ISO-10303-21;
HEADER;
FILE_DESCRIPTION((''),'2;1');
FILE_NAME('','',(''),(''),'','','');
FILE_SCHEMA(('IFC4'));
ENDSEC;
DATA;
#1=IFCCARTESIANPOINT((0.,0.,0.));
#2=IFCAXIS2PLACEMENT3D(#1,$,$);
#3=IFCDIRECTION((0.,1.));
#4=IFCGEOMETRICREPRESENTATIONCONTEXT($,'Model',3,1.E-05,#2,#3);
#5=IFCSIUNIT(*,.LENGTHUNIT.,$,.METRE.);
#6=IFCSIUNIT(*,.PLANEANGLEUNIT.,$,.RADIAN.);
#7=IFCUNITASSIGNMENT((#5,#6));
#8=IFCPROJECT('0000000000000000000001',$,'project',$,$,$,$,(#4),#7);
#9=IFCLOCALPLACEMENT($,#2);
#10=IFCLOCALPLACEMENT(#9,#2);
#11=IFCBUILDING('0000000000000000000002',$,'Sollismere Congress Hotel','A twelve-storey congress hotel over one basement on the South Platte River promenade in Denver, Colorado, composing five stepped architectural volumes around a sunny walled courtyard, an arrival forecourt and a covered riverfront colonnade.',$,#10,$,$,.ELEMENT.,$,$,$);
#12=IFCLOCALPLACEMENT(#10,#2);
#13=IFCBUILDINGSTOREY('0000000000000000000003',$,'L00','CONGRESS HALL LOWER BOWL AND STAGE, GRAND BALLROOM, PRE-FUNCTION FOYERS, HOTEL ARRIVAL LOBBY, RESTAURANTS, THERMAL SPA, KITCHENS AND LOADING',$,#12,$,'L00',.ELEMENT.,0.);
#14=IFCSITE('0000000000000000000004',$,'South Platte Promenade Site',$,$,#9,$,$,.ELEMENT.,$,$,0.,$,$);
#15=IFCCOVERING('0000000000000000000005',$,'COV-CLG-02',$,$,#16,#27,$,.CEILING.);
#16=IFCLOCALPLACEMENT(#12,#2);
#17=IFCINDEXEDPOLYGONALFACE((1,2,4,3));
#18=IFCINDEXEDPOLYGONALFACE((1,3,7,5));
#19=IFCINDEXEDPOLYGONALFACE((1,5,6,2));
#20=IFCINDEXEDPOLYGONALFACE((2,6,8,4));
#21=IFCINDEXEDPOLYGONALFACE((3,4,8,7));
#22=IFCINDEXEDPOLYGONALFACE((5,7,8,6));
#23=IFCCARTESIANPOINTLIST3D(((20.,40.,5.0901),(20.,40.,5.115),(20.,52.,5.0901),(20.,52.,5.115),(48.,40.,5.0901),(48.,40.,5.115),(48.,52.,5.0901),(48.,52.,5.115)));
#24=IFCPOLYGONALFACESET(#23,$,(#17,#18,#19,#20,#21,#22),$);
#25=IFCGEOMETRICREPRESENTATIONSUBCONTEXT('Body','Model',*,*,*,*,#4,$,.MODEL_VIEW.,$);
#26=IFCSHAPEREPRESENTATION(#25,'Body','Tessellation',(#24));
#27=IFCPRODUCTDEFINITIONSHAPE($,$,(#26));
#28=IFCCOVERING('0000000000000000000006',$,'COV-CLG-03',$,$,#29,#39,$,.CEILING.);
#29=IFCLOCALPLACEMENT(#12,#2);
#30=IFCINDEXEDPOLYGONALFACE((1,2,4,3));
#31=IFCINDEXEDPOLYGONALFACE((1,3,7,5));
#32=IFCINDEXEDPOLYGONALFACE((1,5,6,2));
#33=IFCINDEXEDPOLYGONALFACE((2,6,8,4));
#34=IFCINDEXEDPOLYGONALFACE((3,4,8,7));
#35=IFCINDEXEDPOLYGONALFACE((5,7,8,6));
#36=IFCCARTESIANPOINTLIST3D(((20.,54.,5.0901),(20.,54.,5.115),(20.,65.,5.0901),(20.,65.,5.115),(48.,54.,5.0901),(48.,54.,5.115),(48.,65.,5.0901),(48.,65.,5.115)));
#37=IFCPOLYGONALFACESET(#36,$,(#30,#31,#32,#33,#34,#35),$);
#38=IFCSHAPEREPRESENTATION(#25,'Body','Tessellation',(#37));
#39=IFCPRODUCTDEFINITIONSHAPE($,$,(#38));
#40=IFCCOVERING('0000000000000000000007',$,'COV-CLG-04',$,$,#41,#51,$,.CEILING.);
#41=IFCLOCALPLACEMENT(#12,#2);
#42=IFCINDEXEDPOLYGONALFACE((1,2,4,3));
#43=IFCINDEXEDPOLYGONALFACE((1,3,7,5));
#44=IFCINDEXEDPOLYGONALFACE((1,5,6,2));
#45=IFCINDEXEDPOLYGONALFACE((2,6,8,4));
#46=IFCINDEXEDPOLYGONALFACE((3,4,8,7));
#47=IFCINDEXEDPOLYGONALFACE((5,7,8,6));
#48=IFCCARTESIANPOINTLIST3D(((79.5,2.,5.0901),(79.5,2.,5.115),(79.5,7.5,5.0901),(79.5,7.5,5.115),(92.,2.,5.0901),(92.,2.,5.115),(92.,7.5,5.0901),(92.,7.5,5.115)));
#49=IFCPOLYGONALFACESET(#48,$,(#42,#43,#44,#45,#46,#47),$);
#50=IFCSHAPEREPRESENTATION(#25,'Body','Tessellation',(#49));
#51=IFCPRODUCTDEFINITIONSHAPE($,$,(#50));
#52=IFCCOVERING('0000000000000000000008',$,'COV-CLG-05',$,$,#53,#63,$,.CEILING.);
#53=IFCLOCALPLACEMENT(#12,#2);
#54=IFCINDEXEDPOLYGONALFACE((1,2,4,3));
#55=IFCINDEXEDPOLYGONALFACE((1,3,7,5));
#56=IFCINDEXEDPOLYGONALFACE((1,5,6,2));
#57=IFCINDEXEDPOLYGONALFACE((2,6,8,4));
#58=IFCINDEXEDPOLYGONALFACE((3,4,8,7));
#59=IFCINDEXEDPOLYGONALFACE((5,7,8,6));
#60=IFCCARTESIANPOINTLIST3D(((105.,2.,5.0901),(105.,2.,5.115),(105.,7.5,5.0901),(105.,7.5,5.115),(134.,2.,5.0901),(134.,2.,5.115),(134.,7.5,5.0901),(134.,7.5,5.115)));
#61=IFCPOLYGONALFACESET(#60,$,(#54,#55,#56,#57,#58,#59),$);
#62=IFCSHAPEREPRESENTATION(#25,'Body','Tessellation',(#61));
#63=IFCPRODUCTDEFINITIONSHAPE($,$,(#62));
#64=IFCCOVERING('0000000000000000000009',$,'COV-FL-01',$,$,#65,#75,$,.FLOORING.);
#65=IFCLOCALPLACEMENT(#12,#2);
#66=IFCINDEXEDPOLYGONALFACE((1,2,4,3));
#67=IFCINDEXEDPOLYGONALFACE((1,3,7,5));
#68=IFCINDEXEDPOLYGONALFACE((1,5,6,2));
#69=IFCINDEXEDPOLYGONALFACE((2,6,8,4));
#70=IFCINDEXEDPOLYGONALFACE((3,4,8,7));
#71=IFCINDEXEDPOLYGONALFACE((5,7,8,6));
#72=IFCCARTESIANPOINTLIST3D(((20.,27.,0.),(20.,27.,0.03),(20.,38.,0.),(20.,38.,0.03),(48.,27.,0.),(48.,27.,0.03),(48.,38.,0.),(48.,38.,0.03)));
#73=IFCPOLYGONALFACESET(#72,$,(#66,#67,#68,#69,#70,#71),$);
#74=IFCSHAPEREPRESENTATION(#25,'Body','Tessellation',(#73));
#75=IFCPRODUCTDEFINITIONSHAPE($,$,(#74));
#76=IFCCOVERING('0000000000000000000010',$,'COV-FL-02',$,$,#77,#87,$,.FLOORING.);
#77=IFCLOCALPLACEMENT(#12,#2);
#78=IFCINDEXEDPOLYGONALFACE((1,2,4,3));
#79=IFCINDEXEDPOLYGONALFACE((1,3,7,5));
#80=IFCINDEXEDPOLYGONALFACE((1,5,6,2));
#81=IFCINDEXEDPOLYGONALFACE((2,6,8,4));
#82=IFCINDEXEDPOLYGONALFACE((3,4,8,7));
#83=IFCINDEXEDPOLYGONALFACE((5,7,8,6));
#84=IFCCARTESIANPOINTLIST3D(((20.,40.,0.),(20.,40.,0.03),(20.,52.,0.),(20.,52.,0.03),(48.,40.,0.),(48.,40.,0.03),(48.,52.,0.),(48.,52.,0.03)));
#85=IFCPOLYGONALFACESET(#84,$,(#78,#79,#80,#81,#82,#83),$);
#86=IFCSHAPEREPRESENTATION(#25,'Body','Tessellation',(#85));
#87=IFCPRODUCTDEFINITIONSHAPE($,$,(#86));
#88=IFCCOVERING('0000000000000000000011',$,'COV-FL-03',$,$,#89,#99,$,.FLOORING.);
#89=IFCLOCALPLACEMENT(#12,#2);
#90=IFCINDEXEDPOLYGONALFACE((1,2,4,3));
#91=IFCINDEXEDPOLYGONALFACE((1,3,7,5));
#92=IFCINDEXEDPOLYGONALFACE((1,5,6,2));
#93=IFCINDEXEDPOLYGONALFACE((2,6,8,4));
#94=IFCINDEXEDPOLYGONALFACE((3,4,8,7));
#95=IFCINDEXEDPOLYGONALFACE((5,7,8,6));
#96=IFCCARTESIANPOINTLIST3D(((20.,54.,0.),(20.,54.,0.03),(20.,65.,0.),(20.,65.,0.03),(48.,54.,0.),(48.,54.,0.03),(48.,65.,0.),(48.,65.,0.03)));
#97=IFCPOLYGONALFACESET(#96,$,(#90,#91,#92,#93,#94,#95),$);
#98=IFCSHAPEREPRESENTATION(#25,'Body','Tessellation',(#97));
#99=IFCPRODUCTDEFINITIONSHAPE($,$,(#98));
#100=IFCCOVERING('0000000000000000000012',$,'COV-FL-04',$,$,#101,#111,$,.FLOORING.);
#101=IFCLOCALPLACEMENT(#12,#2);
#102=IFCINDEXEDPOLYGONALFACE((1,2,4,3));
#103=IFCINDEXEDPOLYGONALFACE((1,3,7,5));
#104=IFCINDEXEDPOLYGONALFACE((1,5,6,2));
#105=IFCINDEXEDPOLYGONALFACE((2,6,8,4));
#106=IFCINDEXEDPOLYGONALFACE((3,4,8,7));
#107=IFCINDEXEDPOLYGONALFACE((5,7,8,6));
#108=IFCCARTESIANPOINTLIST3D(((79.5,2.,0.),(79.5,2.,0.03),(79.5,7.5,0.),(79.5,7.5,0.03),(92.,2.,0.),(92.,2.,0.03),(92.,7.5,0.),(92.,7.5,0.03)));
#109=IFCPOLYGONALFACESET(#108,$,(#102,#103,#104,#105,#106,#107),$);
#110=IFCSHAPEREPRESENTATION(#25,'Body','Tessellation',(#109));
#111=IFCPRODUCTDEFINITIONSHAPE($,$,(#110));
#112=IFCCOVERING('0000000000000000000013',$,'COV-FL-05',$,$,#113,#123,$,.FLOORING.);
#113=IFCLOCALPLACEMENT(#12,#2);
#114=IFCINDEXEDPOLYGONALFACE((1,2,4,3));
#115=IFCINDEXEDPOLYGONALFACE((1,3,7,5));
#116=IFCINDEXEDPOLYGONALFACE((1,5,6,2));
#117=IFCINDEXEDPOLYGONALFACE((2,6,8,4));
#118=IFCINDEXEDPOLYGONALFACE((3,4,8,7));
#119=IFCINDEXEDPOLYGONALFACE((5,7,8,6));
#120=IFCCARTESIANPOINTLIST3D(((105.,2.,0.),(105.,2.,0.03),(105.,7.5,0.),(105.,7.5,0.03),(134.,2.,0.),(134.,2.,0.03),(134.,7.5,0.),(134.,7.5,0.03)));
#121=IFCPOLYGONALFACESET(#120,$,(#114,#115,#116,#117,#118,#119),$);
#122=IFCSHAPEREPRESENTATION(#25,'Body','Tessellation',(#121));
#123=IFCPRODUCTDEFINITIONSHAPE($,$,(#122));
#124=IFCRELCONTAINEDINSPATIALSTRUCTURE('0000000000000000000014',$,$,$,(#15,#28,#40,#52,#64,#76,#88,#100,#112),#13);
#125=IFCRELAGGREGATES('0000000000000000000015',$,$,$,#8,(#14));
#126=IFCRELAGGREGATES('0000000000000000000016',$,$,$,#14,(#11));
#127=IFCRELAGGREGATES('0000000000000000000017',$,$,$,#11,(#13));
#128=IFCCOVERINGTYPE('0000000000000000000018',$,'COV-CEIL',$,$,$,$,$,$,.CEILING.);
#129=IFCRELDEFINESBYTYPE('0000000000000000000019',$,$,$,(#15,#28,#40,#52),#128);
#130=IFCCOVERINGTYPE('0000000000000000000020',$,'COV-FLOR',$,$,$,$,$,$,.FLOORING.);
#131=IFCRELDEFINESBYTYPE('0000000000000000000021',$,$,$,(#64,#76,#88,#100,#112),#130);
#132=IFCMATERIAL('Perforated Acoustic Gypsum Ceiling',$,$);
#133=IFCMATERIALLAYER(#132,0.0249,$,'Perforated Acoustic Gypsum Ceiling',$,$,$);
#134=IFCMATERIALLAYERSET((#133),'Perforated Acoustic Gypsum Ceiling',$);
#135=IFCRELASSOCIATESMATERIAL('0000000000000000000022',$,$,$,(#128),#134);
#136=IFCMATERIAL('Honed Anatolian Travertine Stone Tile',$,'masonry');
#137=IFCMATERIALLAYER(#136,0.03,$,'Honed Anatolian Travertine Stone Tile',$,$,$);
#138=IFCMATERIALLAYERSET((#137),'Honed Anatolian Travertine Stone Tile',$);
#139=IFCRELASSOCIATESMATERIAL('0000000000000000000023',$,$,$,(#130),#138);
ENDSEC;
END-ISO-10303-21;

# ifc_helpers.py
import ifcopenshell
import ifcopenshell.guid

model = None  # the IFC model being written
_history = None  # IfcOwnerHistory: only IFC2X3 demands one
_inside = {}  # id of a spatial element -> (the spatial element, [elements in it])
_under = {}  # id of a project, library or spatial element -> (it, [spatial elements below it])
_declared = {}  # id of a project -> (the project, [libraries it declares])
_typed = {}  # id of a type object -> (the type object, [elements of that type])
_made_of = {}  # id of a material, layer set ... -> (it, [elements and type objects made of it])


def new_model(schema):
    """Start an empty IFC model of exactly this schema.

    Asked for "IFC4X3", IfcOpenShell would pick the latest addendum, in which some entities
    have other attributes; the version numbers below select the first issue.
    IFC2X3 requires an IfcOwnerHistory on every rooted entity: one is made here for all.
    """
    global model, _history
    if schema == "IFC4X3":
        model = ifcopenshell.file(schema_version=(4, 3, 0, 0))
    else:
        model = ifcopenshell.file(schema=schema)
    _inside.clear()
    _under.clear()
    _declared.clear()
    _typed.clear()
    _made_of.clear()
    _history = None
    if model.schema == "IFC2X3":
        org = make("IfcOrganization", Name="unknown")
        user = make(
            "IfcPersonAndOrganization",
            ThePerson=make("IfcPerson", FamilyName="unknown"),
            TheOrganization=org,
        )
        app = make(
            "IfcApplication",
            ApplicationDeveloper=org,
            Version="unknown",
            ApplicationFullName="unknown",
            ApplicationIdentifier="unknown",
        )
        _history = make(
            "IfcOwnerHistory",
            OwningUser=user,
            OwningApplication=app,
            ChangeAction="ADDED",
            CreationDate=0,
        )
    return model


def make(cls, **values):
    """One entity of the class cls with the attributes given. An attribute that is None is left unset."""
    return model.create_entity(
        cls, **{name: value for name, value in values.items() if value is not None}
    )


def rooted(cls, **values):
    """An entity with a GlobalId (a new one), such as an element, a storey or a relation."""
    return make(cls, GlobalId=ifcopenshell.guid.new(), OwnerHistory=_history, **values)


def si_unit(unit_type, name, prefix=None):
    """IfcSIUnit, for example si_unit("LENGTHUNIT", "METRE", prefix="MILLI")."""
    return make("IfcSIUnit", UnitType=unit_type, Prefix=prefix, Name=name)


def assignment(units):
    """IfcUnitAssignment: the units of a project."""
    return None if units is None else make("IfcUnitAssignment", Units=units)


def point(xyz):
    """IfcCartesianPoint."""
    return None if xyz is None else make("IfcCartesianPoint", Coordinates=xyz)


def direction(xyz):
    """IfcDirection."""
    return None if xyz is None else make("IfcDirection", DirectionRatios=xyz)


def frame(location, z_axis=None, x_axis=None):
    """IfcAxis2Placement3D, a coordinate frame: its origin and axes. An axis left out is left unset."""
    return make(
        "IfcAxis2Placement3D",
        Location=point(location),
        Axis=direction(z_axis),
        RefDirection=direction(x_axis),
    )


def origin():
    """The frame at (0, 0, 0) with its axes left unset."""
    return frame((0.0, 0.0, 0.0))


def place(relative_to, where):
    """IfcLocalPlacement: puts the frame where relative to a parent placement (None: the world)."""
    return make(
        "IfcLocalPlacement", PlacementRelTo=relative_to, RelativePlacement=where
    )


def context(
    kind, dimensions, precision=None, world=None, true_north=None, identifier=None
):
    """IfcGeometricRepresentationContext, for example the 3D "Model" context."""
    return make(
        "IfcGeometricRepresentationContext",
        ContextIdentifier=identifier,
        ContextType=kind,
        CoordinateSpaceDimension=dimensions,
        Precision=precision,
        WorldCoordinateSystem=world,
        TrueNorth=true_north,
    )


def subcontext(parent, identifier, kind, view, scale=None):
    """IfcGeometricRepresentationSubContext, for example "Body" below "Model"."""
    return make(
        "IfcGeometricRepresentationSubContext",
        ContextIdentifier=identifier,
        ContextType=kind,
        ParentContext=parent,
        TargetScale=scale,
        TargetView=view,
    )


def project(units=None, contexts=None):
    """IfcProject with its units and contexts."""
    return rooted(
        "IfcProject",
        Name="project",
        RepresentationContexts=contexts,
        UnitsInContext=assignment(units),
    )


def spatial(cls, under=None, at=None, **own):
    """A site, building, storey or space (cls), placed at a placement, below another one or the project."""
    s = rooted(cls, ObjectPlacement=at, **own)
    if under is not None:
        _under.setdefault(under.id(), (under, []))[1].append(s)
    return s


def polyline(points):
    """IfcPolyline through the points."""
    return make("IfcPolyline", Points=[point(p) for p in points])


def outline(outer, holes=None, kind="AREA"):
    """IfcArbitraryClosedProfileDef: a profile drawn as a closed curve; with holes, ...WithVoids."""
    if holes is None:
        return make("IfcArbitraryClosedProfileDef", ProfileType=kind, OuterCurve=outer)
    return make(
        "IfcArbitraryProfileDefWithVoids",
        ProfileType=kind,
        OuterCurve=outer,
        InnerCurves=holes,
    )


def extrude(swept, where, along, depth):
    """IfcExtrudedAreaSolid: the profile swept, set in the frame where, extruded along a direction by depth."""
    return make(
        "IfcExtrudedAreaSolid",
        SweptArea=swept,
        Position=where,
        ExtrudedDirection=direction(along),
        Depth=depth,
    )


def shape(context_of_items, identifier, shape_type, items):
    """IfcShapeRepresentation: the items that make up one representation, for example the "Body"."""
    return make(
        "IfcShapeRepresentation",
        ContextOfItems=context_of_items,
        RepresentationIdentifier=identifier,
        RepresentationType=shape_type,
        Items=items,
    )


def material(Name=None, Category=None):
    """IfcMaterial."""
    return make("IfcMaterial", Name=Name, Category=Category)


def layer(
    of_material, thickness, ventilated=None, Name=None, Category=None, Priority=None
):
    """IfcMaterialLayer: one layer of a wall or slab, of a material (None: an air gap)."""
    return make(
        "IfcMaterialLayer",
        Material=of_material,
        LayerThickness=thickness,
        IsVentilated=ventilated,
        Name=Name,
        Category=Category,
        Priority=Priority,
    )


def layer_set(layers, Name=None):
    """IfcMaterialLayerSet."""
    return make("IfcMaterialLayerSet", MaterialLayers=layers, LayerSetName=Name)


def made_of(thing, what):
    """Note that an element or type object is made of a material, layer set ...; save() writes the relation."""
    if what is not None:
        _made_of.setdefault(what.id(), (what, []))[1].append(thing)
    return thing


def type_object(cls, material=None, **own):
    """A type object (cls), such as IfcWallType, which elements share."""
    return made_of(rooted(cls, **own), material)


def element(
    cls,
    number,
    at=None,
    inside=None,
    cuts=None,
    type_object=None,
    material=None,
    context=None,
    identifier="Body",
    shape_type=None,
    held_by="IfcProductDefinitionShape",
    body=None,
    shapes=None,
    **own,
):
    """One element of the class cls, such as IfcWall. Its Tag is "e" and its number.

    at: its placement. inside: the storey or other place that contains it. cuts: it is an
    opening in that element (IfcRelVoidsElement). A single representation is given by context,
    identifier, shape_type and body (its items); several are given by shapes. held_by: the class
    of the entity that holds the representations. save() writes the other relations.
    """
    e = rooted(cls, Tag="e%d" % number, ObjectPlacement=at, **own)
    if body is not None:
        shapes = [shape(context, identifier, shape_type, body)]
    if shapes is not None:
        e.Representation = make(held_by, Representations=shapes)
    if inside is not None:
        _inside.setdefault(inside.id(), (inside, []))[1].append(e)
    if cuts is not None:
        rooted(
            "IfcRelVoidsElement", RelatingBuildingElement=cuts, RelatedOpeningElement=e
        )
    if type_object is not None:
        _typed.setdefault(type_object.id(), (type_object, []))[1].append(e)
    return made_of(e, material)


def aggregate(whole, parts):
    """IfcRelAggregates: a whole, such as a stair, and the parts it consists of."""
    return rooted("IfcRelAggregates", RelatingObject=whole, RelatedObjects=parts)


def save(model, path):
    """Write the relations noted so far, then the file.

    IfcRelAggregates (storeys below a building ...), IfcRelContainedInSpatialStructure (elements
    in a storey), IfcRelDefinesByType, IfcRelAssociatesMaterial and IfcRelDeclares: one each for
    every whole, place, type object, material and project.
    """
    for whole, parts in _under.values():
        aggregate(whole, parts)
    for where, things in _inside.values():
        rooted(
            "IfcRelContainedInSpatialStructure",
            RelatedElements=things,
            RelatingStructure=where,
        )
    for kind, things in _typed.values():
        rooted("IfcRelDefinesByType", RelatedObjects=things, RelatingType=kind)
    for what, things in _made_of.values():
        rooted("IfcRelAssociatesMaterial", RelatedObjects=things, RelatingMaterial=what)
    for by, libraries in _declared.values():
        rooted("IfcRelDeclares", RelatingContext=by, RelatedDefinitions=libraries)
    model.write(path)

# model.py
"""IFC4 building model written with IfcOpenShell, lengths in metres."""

from ifc_helpers import new_model, si_unit, direction, frame, origin, place, context, subcontext, project, spatial, polyline, outline, extrude, material, layer, layer_set, type_object, element, save


model = new_model("IFC4")

# Units and contexts
model_context = context("Model", 3, precision=1e-05, world=origin(), true_north=direction((0.0, 1.0)))
body_context = subcontext(model_context, "Body", "Model", "MODEL_VIEW")
ifc_project = project(units=[si_unit("LENGTHUNIT", "METRE"), si_unit("PLANEANGLEUNIT", "RADIAN")], contexts=[model_context])

# Site, building, storey
site_placement = place(None, origin())
site = spatial("IfcSite", under=ifc_project, at=site_placement, Name="South Platte Promenade Site", CompositionType="ELEMENT", RefElevation=0.0)
building_placement = place(site_placement, origin())
building = spatial("IfcBuilding", under=site, at=building_placement, Name="Sollismere Congress Hotel", Description="A twelve-storey congress hotel over one basement on the South Platte River promenade in Denver, Colorado, composing five stepped architectural volumes around a sunny walled courtyard, an arrival forecourt and a covered riverfront colonnade.", CompositionType="ELEMENT")
storey_placement = place(building_placement, origin())
storey = spatial("IfcBuildingStorey", under=building, at=storey_placement, Name="L00", Description="CONGRESS HALL LOWER BOWL AND STAGE, GRAND BALLROOM, PRE-FUNCTION FOYERS, HOTEL ARRIVAL LOBBY, RESTAURANTS, THERMAL SPA, KITCHENS AND LOADING", LongName="L00", CompositionType="ELEMENT", Elevation=0.0)

# Coverings
ifc_material_1 = material(Name="Perforated Acoustic Gypsum Ceiling")
ifc_layer_1 = layer(ifc_material_1, 0.0249, Name="Perforated Acoustic Gypsum Ceiling")
ifc_layer_set_1 = layer_set([ifc_layer_1], Name="Perforated Acoustic Gypsum Ceiling")
covering_type_1 = type_object("IfcCoveringType", Name="COV-CEIL", PredefinedType="CEILING", material=ifc_layer_set_1)
covering_1_placement = place(storey_placement, frame((0.0, 0.0, 5.0901)))
element("IfcCovering", 1, at=covering_1_placement, inside=storey, type_object=covering_type_1, Name="COV-CLG-02", PredefinedType="CEILING", context=body_context, shape_type="SweptSolid", body=[
    extrude(outline(polyline([(20.0, 40.0), (48.0, 40.0), (48.0, 52.0), (20.0, 52.0), (20.0, 40.0)])), origin(), (0.0, 0.0, 1.0), 0.0249),
])
covering_2_placement = place(storey_placement, frame((0.0, 0.0, 5.0901)))
element("IfcCovering", 2, at=covering_2_placement, inside=storey, type_object=covering_type_1, Name="COV-CLG-03", PredefinedType="CEILING", context=body_context, shape_type="SweptSolid", body=[
    extrude(outline(polyline([(20.0, 54.0), (48.0, 54.0), (48.0, 65.0), (20.0, 65.0), (20.0, 54.0)])), origin(), (0.0, 0.0, 1.0), 0.0249),
])
covering_3_placement = place(storey_placement, frame((0.0, 0.0, 5.0901)))
element("IfcCovering", 3, at=covering_3_placement, inside=storey, type_object=covering_type_1, Name="COV-CLG-04", PredefinedType="CEILING", context=body_context, shape_type="SweptSolid", body=[
    extrude(outline(polyline([(79.5, 2.0), (92.0, 2.0), (92.0, 7.5), (79.5, 7.5), (79.5, 2.0)])), origin(), (0.0, 0.0, 1.0), 0.0249),
])
covering_4_placement = place(storey_placement, frame((0.0, 0.0, 5.0901)))
element("IfcCovering", 4, at=covering_4_placement, inside=storey, type_object=covering_type_1, Name="COV-CLG-05", PredefinedType="CEILING", context=body_context, shape_type="SweptSolid", body=[
    extrude(outline(polyline([(105.0, 2.0), (134.0, 2.0), (134.0, 7.5), (105.0, 7.5), (105.0, 2.0)])), origin(), (0.0, 0.0, 1.0), 0.0249),
])
ifc_material_2 = material(Name="Honed Anatolian Travertine Stone Tile", Category="masonry")
ifc_layer_2 = layer(ifc_material_2, 0.03, Name="Honed Anatolian Travertine Stone Tile")
ifc_layer_set_2 = layer_set([ifc_layer_2], Name="Honed Anatolian Travertine Stone Tile")
covering_type_2 = type_object("IfcCoveringType", Name="COV-FLOR", PredefinedType="FLOORING", material=ifc_layer_set_2)
covering_5_placement = place(storey_placement, origin())
element("IfcCovering", 5, at=covering_5_placement, inside=storey, type_object=covering_type_2, Name="COV-FL-01", PredefinedType="FLOORING", context=body_context, shape_type="SweptSolid", body=[
    extrude(outline(polyline([(20.0, 27.0), (48.0, 27.0), (48.0, 38.0), (20.0, 38.0), (20.0, 27.0)])), origin(), (0.0, 0.0, 1.0), 0.03),
])
covering_6_placement = place(storey_placement, origin())
element("IfcCovering", 6, at=covering_6_placement, inside=storey, type_object=covering_type_2, Name="COV-FL-02", PredefinedType="FLOORING", context=body_context, shape_type="SweptSolid", body=[
    extrude(outline(polyline([(20.0, 40.0), (48.0, 40.0), (48.0, 52.0), (20.0, 52.0), (20.0, 40.0)])), origin(), (0.0, 0.0, 1.0), 0.03),
])
covering_7_placement = place(storey_placement, origin())
element("IfcCovering", 7, at=covering_7_placement, inside=storey, type_object=covering_type_2, Name="COV-FL-03", PredefinedType="FLOORING", context=body_context, shape_type="SweptSolid", body=[
    extrude(outline(polyline([(20.0, 54.0), (48.0, 54.0), (48.0, 65.0), (20.0, 65.0), (20.0, 54.0)])), origin(), (0.0, 0.0, 1.0), 0.03),
])
covering_8_placement = place(storey_placement, origin())
element("IfcCovering", 8, at=covering_8_placement, inside=storey, type_object=covering_type_2, Name="COV-FL-04", PredefinedType="FLOORING", context=body_context, shape_type="SweptSolid", body=[
    extrude(outline(polyline([(79.5, 2.0), (92.0, 2.0), (92.0, 7.5), (79.5, 7.5), (79.5, 2.0)])), origin(), (0.0, 0.0, 1.0), 0.03),
])
covering_9_placement = place(storey_placement, origin())
element("IfcCovering", 9, at=covering_9_placement, inside=storey, type_object=covering_type_2, Name="COV-FL-05", PredefinedType="FLOORING", context=body_context, shape_type="SweptSolid", body=[
    extrude(outline(polyline([(105.0, 2.0), (134.0, 2.0), (134.0, 7.5), (105.0, 7.5), (105.0, 2.0)])), origin(), (0.0, 0.0, 1.0), 0.03),
])

save(model, "model.ifc")
